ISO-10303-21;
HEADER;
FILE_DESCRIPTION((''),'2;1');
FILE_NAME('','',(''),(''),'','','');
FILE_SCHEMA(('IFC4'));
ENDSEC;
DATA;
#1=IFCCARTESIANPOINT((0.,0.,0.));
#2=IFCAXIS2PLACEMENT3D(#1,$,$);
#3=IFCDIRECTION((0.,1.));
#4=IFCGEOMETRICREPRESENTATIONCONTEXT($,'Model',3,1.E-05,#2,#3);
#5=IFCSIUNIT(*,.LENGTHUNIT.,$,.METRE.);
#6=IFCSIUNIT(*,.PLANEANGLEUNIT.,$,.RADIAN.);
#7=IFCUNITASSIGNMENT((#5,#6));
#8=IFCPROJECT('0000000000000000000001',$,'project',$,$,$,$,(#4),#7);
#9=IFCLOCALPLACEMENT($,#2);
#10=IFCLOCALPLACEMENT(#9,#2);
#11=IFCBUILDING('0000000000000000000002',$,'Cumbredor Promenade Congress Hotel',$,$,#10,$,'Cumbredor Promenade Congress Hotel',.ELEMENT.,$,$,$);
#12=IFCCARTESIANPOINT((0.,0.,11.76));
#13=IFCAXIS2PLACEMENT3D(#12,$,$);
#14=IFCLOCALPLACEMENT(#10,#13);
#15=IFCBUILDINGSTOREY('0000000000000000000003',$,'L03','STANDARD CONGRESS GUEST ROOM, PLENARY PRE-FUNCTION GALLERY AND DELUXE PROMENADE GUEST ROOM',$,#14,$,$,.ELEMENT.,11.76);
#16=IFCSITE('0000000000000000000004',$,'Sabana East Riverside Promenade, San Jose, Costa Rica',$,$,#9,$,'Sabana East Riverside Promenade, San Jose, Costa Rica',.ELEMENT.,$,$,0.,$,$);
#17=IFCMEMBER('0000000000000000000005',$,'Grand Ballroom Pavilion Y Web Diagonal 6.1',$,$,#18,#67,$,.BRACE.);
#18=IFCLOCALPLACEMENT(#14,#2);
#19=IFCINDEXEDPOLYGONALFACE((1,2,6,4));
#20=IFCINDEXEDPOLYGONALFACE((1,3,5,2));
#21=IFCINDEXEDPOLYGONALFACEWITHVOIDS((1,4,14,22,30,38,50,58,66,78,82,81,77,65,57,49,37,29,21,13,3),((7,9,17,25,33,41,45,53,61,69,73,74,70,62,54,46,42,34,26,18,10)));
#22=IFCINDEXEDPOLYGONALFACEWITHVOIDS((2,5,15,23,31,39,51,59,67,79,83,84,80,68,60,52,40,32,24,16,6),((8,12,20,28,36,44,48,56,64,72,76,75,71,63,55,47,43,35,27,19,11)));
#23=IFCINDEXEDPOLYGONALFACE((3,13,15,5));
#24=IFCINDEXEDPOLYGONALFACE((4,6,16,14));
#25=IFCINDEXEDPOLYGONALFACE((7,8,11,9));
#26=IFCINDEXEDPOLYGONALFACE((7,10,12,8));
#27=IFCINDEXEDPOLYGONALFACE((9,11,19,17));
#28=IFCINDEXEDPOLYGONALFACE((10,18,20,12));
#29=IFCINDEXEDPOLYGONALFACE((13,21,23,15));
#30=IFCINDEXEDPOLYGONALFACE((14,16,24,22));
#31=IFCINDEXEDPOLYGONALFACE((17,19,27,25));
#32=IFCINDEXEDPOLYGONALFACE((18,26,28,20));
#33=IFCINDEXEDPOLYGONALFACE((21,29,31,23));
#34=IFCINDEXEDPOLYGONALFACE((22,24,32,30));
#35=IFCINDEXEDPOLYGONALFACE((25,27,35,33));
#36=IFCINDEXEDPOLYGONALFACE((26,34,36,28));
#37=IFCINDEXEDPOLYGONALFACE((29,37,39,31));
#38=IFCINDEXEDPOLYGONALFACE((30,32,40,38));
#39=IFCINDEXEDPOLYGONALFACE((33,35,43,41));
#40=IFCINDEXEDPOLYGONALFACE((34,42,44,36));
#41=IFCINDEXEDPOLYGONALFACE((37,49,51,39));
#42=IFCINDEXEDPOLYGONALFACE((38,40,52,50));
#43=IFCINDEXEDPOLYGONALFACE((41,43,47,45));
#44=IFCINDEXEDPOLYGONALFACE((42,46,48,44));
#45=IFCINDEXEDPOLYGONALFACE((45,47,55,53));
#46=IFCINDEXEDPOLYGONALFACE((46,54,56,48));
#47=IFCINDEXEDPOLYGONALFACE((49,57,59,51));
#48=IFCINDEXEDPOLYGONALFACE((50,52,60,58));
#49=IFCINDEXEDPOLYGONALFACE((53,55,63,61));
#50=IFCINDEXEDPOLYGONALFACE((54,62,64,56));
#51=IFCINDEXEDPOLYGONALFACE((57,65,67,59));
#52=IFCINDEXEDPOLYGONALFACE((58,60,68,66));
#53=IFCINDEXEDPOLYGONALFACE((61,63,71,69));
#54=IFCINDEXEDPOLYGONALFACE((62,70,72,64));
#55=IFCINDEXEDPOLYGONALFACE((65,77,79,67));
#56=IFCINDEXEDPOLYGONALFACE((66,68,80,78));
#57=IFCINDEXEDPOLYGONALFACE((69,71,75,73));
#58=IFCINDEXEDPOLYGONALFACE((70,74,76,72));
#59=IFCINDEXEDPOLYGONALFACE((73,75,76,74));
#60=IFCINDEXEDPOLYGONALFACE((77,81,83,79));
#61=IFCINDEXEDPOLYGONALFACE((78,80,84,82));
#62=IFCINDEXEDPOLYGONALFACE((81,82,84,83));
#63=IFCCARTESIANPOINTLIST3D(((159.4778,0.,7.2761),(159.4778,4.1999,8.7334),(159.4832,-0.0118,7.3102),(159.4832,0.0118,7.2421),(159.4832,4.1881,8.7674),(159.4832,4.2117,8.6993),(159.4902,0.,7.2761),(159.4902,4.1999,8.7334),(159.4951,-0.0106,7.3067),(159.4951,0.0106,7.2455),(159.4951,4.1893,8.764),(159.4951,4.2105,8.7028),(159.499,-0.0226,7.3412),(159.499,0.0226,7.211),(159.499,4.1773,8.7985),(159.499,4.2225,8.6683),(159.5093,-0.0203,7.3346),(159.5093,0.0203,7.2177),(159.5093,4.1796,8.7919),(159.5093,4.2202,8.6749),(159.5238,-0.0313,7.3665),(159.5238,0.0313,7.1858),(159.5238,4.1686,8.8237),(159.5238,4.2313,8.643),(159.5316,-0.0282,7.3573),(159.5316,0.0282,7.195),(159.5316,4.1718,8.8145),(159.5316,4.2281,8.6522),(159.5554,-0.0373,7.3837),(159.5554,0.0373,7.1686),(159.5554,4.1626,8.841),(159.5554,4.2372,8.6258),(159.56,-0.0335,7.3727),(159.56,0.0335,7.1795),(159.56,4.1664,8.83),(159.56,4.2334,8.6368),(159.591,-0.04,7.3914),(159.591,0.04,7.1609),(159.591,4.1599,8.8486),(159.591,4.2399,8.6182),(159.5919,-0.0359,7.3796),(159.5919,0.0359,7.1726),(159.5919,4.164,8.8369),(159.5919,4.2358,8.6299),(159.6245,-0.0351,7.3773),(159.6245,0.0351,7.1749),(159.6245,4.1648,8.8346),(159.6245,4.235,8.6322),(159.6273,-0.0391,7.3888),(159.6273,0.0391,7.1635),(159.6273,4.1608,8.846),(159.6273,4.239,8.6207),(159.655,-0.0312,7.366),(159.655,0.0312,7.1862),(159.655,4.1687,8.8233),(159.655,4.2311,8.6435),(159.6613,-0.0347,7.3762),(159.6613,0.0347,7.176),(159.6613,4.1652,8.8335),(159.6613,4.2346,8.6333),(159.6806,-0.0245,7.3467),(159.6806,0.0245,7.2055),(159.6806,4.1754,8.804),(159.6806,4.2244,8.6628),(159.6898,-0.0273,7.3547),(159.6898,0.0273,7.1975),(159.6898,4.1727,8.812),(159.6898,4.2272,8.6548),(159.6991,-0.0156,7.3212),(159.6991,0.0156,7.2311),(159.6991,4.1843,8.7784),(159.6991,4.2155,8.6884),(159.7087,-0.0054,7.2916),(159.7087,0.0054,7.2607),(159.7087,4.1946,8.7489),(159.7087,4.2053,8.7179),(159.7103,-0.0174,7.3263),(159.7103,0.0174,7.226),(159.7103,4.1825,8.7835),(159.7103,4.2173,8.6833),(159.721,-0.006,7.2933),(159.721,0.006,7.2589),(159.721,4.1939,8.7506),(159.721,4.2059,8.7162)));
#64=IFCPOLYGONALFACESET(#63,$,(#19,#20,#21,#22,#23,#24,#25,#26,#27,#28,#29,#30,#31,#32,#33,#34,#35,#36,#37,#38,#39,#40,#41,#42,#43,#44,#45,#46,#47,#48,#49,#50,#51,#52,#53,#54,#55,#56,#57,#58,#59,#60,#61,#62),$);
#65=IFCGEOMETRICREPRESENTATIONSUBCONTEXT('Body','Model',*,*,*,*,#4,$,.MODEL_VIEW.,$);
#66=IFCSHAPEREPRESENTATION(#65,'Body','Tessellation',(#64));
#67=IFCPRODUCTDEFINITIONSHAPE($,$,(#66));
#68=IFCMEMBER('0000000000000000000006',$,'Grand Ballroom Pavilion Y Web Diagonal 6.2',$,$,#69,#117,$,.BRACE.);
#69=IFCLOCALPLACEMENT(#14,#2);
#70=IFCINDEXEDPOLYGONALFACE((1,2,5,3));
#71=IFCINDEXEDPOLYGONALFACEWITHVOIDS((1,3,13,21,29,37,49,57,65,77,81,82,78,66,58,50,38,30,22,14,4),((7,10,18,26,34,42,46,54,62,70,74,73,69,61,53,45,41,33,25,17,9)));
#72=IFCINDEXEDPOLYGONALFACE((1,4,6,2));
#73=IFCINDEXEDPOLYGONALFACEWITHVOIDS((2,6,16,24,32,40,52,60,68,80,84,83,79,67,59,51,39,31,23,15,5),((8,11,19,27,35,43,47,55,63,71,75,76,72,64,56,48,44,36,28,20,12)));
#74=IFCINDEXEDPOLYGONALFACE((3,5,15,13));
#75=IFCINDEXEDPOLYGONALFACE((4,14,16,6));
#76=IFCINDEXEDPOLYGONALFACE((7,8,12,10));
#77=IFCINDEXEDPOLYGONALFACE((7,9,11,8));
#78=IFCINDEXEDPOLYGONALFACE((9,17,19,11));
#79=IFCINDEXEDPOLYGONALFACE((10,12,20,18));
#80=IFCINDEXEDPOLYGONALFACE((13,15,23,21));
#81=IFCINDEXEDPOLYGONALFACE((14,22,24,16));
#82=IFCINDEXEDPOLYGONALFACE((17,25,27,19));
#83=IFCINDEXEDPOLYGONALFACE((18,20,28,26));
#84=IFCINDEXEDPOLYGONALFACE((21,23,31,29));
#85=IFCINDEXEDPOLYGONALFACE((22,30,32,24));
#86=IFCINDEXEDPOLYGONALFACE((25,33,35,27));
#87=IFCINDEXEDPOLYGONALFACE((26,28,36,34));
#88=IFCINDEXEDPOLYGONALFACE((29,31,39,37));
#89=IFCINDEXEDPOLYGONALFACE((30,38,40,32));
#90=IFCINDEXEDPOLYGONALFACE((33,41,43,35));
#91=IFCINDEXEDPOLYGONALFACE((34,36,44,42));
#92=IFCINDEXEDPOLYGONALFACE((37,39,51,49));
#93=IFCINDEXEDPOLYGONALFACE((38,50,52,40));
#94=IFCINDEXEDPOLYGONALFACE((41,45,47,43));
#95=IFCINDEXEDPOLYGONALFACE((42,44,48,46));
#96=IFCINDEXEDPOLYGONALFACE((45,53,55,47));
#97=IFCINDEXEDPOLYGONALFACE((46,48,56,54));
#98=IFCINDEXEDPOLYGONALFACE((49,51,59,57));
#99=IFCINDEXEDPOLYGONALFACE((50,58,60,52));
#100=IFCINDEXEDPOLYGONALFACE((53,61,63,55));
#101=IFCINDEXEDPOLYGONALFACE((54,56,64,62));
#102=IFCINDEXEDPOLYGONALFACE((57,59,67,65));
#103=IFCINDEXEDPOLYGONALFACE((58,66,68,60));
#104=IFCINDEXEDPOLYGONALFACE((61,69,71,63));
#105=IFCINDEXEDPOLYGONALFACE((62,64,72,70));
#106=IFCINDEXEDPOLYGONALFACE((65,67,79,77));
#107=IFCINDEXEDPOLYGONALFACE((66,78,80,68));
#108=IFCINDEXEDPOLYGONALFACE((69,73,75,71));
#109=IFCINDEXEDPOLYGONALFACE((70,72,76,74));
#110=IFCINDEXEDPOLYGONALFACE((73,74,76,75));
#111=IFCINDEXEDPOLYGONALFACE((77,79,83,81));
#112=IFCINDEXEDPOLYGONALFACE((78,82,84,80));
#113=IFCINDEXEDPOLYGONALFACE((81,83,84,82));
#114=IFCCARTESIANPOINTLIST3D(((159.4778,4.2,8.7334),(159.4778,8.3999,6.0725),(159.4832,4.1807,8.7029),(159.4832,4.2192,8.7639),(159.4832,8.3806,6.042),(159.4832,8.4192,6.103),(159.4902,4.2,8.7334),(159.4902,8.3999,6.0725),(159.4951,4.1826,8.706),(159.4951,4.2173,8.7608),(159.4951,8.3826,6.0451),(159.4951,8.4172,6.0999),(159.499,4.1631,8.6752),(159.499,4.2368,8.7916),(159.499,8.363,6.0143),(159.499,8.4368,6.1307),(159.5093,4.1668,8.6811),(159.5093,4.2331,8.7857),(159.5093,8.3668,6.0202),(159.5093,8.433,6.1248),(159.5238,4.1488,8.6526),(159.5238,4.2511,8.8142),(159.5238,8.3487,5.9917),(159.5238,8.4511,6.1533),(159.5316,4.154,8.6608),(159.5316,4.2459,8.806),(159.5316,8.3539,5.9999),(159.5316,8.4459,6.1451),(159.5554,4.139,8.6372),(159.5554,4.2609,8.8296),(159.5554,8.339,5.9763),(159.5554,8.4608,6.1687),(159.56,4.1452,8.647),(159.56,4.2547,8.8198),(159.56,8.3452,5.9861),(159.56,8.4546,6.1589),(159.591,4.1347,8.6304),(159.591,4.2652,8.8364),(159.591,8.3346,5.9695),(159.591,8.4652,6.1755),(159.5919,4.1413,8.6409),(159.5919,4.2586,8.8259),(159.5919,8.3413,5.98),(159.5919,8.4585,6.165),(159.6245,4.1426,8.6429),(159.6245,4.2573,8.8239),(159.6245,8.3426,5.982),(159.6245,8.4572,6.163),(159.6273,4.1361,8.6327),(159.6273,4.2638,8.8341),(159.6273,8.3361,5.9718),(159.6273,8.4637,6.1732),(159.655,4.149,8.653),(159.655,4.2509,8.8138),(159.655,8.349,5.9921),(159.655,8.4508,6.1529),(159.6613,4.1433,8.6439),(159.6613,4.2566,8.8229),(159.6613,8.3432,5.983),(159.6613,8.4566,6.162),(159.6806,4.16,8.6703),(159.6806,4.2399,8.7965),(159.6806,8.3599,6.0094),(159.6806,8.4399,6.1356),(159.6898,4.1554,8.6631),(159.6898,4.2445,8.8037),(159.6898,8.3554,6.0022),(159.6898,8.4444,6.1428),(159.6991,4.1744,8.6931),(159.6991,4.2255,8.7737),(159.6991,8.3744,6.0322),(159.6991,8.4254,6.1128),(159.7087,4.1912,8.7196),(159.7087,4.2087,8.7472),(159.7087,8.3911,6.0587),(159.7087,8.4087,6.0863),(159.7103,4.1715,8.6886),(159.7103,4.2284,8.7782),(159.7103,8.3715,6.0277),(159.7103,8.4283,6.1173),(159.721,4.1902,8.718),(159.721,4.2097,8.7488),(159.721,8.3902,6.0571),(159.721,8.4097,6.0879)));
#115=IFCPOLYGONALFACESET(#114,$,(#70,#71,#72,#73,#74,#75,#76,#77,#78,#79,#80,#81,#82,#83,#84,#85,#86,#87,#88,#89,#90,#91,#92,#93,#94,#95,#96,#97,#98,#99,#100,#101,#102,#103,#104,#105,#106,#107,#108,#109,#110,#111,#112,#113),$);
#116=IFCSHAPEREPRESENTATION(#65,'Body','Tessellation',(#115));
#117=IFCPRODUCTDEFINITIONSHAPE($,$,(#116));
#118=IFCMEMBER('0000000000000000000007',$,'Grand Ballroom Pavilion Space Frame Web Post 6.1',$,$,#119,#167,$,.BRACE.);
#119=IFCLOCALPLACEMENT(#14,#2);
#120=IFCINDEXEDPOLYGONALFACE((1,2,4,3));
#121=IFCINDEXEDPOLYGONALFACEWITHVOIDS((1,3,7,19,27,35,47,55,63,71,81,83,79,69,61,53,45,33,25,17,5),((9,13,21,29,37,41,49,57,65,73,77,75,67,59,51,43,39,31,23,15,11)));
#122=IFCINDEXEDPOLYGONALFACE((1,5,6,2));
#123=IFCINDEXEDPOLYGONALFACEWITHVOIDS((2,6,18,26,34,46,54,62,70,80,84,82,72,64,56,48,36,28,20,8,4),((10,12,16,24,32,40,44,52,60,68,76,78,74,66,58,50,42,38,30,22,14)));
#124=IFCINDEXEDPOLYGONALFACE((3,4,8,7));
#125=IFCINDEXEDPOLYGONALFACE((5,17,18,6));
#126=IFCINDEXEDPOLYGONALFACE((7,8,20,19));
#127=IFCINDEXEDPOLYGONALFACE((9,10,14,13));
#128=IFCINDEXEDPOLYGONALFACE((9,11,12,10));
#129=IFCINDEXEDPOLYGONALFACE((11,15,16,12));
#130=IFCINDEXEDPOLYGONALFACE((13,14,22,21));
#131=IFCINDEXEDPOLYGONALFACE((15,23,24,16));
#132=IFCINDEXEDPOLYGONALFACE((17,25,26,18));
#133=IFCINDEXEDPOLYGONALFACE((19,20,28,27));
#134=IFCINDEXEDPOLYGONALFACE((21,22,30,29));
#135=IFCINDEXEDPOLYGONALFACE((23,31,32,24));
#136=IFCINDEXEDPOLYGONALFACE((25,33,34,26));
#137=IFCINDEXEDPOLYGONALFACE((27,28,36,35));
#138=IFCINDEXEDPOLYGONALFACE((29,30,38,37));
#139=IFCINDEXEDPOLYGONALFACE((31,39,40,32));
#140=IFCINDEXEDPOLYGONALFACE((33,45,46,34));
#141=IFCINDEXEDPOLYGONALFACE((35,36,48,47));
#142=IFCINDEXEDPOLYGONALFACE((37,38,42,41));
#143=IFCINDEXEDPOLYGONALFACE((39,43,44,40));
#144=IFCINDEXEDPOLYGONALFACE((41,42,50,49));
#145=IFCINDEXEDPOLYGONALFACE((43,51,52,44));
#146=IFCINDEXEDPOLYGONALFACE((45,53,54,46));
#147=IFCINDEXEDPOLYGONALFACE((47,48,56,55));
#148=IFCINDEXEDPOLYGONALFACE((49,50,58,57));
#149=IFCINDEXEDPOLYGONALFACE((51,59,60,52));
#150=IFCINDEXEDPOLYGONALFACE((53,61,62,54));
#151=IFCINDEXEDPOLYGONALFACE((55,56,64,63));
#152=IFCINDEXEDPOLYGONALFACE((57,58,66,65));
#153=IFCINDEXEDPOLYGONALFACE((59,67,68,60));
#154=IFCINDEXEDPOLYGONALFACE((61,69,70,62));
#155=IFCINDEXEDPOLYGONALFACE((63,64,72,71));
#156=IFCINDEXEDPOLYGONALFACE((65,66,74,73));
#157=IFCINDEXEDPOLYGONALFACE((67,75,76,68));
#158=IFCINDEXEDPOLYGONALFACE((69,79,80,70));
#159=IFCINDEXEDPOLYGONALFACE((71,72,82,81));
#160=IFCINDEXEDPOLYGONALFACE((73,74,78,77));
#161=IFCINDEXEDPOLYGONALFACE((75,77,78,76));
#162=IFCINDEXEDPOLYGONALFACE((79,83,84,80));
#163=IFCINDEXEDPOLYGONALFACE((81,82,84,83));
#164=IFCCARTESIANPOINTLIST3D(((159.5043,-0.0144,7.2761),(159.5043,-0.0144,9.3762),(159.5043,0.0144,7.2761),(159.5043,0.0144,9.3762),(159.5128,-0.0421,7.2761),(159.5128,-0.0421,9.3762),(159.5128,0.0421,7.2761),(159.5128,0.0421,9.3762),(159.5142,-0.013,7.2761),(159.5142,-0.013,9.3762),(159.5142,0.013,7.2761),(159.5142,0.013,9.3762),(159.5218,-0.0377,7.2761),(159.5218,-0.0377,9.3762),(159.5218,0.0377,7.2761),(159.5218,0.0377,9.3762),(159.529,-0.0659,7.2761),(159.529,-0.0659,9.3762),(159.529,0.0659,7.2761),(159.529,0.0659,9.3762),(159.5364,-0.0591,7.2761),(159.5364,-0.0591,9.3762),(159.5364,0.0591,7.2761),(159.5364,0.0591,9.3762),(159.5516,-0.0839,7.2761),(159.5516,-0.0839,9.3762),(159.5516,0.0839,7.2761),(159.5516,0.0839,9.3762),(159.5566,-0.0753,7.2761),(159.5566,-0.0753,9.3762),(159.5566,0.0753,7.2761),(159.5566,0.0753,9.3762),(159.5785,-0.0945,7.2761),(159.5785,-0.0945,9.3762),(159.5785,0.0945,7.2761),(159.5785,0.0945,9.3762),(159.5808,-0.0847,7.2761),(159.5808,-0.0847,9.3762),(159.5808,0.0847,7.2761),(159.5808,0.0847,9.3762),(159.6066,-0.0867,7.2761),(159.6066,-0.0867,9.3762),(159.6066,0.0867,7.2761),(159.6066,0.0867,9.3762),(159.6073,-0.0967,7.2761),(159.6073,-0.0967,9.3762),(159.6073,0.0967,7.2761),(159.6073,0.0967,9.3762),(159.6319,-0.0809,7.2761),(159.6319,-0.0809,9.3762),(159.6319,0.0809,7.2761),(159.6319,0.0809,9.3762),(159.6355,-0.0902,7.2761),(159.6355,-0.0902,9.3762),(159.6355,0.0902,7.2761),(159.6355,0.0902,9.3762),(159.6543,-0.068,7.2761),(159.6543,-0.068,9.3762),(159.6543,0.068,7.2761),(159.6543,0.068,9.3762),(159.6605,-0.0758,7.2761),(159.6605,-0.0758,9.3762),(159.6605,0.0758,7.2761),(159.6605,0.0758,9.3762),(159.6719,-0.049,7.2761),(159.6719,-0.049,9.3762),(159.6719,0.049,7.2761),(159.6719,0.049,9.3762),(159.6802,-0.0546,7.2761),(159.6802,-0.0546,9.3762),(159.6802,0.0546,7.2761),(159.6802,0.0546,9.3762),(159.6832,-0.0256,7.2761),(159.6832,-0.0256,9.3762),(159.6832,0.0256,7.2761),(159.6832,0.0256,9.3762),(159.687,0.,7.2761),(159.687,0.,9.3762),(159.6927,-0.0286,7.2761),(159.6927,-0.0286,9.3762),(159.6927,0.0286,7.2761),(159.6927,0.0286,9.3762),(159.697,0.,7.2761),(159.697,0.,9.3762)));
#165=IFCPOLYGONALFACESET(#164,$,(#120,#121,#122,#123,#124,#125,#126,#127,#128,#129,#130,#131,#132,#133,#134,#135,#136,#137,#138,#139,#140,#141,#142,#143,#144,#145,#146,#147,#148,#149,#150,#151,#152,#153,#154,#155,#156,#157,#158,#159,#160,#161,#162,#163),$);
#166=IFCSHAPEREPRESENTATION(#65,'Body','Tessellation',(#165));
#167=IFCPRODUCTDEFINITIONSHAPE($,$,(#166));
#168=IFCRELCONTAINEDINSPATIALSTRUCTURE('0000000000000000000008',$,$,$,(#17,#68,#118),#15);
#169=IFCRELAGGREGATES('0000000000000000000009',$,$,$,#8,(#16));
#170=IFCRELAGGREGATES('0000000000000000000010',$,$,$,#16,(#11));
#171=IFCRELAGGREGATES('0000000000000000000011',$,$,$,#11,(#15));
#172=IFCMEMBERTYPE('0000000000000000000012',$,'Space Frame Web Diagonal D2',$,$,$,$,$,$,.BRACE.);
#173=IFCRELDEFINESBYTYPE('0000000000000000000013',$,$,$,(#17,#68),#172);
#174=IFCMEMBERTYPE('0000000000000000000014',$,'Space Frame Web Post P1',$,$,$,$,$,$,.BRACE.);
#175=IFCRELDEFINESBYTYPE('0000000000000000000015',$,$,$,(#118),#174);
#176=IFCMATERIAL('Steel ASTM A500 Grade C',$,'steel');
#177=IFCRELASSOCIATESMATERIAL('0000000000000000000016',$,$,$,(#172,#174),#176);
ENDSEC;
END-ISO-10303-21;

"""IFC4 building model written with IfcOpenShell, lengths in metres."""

from ifc_helpers import new_model, si_unit, direction, frame, origin, origin_2d, place, context, subcontext, project, spatial, hollow_circle, extrude, material, material_profile, profile_set, type_object, element, save


model = new_model("IFC4")

# Units and contexts
model_context = context("Model", 3, precision=1e-05, world=origin(), true_north=direction((0.0, 1.0)))
body_context = subcontext(model_context, "Body", "Model", "MODEL_VIEW")
ifc_project = project(units=[si_unit("LENGTHUNIT", "METRE"), si_unit("PLANEANGLEUNIT", "RADIAN")], contexts=[model_context])

# Site, building, storey
site_placement = place(None, origin())
site = spatial("IfcSite", under=ifc_project, at=site_placement, Name="Sabana East Riverside Promenade, San Jose, Costa Rica", LongName="Sabana East Riverside Promenade, San Jose, Costa Rica", CompositionType="ELEMENT", RefElevation=0.0)
building_placement = place(site_placement, origin())
building = spatial("IfcBuilding", under=site, at=building_placement, Name="Cumbredor Promenade Congress Hotel", LongName="Cumbredor Promenade Congress Hotel", CompositionType="ELEMENT")
storey_placement = place(building_placement, frame((0.0, 0.0, 11.76)))
storey = spatial("IfcBuildingStorey", under=building, at=storey_placement, Name="L03", Description="STANDARD CONGRESS GUEST ROOM, PLENARY PRE-FUNCTION GALLERY AND DELUXE PROMENADE GUEST ROOM", CompositionType="ELEMENT", Elevation=11.76)

# Shared definitions
ifc_material_1 = material(Name="Steel ASTM A500 Grade C", Category="steel")

# Members
ifc_material_profile_1 = material_profile(ifc_material_1, hollow_circle(Radius=0.1223, WallThickness=0.0125, at=origin_2d()), Name="CHS 244.5x12.5")
ifc_profile_set_1 = profile_set([ifc_material_profile_1], Name="Steel ASTM A500 Grade C")
member_type_1 = type_object("IfcMemberType", Name="Space Frame Web Diagonal D2", PredefinedType="BRACE", material=ifc_profile_set_1)
member_1_placement = place(storey_placement, frame((159.6001, 0.0, 7.2761), z_axis=(0.0, 0.944746, 0.327803), x_axis=(-1.0, 0.0, 0.0)))
element("IfcMember", 1, at=member_1_placement, inside=storey, type_object=member_type_1, Name="Grand Ballroom Pavilion Y Web Diagonal 6.1", PredefinedType="BRACE", context=body_context, shape_type="SweptSolid", body=[
    extrude(hollow_circle(Radius=0.1223, WallThickness=0.0125, at=origin_2d()), origin(), (0.0, 0.0, 1.0), 4.4456),
])
member_2_placement = place(storey_placement, frame((159.6001, 4.2, 8.7334), z_axis=(0.0, 0.844735, -0.535184), x_axis=(-1.0, 0.0, 0.0)))
element("IfcMember", 2, at=member_2_placement, inside=storey, type_object=member_type_1, Name="Grand Ballroom Pavilion Y Web Diagonal 6.2", PredefinedType="BRACE", context=body_context, shape_type="SweptSolid", body=[
    extrude(hollow_circle(Radius=0.1223, WallThickness=0.0125, at=origin_2d()), origin(), (0.0, 0.0, 1.0), 4.9719),
])
ifc_material_profile_2 = material_profile(ifc_material_1, hollow_circle(Radius=0.0969, WallThickness=0.01, at=origin_2d()), Name="CHS 193.7x10")
ifc_profile_set_2 = profile_set([ifc_material_profile_2], Name="Steel ASTM A500 Grade C")
member_type_2 = type_object("IfcMemberType", Name="Space Frame Web Post P1", PredefinedType="BRACE", material=ifc_profile_set_2)
for number, where, z_axis, x_axis, name in (
    (3, (159.6001, 0.0, 7.2761), (0.0, 0.0, 1.0), (1.0, 0.0, 0.0), "Grand Ballroom Pavilion Space Frame Web Post 6.1"),
):
    element("IfcMember", number, at=place(storey_placement, frame(where, z_axis=z_axis, x_axis=x_axis)), inside=storey, type_object=member_type_2, Name=name, PredefinedType="BRACE", context=body_context, shape_type="SweptSolid", body=[
        extrude(hollow_circle(Radius=0.0969, WallThickness=0.01, at=origin_2d()), origin(), (0.0, 0.0, 1.0), 2.1001),
    ])

save(model, "model.ifc")
